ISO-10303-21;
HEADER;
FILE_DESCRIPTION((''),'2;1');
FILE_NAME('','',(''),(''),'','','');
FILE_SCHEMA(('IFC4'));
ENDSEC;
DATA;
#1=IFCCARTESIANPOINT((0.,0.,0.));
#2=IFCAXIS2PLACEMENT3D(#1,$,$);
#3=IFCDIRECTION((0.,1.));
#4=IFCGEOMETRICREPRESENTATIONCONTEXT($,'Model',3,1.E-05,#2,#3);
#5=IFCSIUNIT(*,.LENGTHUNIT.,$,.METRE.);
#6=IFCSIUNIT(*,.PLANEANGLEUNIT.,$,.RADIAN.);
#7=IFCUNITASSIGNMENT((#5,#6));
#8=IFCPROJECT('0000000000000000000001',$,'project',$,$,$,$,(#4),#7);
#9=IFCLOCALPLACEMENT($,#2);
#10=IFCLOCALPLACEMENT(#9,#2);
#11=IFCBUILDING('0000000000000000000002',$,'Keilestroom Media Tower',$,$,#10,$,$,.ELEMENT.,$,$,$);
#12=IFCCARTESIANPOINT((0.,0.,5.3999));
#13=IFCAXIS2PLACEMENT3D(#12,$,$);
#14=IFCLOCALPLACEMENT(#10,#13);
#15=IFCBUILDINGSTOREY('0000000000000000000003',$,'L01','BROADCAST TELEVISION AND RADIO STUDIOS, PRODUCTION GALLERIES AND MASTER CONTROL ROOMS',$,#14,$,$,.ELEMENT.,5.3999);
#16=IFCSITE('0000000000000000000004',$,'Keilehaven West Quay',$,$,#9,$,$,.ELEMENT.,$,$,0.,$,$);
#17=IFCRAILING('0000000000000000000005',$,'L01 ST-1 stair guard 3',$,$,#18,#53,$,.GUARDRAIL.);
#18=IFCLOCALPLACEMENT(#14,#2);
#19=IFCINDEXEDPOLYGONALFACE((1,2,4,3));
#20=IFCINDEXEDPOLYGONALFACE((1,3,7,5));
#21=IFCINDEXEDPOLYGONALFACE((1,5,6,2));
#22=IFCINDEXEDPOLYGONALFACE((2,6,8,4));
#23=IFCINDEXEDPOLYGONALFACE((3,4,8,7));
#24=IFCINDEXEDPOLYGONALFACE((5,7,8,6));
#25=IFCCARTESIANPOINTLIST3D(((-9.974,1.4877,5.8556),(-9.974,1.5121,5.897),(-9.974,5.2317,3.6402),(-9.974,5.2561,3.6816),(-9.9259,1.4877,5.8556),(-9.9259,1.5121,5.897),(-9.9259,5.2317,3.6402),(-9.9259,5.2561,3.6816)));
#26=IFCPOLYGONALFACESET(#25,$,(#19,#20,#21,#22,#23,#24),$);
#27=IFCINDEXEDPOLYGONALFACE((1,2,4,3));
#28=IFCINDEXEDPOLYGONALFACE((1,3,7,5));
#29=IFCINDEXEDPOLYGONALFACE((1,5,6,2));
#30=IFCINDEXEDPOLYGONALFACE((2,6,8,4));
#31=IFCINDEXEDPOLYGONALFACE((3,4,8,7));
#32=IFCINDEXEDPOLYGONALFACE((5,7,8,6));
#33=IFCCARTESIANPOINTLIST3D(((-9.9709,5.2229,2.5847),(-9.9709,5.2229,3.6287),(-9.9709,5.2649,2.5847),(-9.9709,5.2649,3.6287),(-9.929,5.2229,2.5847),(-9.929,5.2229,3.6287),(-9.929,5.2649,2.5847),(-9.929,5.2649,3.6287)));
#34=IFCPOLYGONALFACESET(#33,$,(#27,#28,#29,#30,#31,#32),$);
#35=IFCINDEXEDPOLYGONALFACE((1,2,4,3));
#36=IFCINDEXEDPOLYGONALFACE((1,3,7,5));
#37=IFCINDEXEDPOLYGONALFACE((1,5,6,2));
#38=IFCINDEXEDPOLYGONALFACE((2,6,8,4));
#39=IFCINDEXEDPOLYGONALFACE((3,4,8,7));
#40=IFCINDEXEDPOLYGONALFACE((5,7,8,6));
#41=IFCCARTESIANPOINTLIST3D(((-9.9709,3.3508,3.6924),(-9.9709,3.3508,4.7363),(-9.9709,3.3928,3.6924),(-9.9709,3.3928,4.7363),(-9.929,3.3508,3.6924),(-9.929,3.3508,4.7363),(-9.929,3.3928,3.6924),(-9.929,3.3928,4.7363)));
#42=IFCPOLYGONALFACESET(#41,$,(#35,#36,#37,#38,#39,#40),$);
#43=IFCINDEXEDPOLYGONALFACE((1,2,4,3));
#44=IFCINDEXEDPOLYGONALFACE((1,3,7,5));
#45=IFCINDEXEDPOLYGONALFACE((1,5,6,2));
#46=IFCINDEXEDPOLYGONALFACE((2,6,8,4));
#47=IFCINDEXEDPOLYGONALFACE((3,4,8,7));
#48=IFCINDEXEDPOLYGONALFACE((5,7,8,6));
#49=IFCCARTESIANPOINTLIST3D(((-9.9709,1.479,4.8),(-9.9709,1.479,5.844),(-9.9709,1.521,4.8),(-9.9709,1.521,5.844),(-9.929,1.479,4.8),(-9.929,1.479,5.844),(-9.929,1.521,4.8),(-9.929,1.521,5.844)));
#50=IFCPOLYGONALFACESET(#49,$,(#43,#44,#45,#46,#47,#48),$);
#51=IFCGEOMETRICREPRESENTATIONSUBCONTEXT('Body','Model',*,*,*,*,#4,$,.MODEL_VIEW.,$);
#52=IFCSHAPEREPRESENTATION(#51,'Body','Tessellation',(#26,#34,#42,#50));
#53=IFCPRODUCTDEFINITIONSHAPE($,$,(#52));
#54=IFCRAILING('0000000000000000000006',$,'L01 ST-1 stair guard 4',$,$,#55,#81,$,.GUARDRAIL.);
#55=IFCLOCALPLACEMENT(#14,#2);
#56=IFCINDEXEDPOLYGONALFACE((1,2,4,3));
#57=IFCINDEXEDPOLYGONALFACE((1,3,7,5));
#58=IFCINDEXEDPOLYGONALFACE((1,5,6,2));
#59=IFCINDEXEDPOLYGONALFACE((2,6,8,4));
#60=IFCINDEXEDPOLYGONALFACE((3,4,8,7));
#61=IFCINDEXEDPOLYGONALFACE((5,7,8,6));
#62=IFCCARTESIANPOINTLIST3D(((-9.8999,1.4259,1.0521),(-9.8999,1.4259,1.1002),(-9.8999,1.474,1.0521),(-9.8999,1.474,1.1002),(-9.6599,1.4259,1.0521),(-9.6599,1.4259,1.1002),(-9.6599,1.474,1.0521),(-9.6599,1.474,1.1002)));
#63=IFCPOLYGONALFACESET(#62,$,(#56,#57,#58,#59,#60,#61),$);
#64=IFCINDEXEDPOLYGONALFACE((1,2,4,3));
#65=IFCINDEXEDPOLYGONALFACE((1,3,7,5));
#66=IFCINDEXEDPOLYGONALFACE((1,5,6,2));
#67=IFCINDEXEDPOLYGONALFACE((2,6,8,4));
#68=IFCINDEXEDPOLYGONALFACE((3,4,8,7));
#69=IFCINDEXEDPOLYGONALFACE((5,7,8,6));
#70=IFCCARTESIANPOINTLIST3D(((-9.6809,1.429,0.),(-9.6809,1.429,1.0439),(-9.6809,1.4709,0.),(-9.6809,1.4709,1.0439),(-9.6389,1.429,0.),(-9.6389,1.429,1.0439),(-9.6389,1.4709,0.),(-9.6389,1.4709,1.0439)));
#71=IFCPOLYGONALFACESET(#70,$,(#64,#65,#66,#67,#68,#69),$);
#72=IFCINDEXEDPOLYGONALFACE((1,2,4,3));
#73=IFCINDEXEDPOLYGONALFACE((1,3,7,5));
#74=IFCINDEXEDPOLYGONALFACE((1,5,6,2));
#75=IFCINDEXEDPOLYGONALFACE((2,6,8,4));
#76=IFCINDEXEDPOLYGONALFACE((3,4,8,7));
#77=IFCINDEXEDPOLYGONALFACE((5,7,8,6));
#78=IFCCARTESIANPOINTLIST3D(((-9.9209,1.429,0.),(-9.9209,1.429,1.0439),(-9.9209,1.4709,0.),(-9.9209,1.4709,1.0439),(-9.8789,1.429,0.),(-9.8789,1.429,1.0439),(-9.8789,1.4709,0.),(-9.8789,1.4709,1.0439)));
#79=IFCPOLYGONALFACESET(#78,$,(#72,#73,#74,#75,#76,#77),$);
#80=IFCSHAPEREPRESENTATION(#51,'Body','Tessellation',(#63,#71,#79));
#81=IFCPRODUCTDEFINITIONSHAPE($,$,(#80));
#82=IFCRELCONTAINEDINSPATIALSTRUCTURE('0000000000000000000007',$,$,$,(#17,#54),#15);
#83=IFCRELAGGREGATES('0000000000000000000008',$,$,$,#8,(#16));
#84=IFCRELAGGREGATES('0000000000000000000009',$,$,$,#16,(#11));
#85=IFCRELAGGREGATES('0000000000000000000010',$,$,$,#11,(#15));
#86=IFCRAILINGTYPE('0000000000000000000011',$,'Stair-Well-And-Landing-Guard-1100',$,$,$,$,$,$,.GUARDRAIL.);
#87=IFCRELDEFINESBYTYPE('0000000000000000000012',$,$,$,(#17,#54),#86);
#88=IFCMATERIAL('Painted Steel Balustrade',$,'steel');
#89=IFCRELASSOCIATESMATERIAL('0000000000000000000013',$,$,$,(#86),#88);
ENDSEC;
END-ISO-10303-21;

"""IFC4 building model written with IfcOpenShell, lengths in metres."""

from ifc_helpers import new_model, si_unit, direction, frame, origin, origin_2d, place, context, subcontext, project, spatial, rectangle, extrude, material, type_object, element, save


model = new_model("IFC4")

# Units and contexts
model_context = context("Model", 3, precision=1e-05, world=origin(), true_north=direction((0.0, 1.0)))
body_context = subcontext(model_context, "Body", "Model", "MODEL_VIEW")
ifc_project = project(units=[si_unit("LENGTHUNIT", "METRE"), si_unit("PLANEANGLEUNIT", "RADIAN")], contexts=[model_context])

# Site, building, storey
site_placement = place(None, origin())
site = spatial("IfcSite", under=ifc_project, at=site_placement, Name="Keilehaven West Quay", CompositionType="ELEMENT", RefElevation=0.0)
building_placement = place(site_placement, origin())
building = spatial("IfcBuilding", under=site, at=building_placement, Name="Keilestroom Media Tower", CompositionType="ELEMENT")
storey_placement = place(building_placement, frame((0.0, 0.0, 5.3999)))
storey = spatial("IfcBuildingStorey", under=building, at=storey_placement, Name="L01", Description="BROADCAST TELEVISION AND RADIO STUDIOS, PRODUCTION GALLERIES AND MASTER CONTROL ROOMS", CompositionType="ELEMENT", Elevation=5.3999)

# Railings
ifc_material_1 = material(Name="Painted Steel Balustrade", Category="steel")
railing_type_1 = type_object("IfcRailingType", Name="Stair-Well-And-Landing-Guard-1100", PredefinedType="GUARDRAIL", material=ifc_material_1)
railing_1_placement = place(storey_placement, frame((-9.95, 5.2439, 2.5847)))
element("IfcRailing", 1, at=railing_1_placement, inside=storey, type_object=railing_type_1, Name="L01 ST-1 stair guard 3", PredefinedType="GUARDRAIL", context=body_context, shape_type="SweptSolid", body=[
    extrude(rectangle(XDim=0.0481, YDim=0.0481, at=origin_2d()), frame((0.0, 0.0, 1.0762), z_axis=(0.0, -0.860621, 0.509245), x_axis=(1.0, 0.0, 0.0)), (0.0, 0.0, 1.0), 4.3503),
    extrude(rectangle(XDim=0.042, YDim=0.042, at=origin_2d()), origin(), (0.0, 0.0, 1.0), 1.0439),
    extrude(rectangle(XDim=0.042, YDim=0.042, at=origin_2d()), frame((0.0, -1.8721, 1.1077)), (0.0, 0.0, 1.0), 1.0439),
    extrude(rectangle(XDim=0.042, YDim=0.042, at=origin_2d()), frame((0.0, -3.7439, 2.2153)), (0.0, 0.0, 1.0), 1.0439),
])
railing_2_placement = place(storey_placement, frame((-9.6599, 1.45, 0.0)))
element("IfcRailing", 2, at=railing_2_placement, inside=storey, type_object=railing_type_1, Name="L01 ST-1 stair guard 4", PredefinedType="GUARDRAIL", context=body_context, shape_type="SweptSolid", body=[
    extrude(rectangle(XDim=0.0481, YDim=0.0481, at=origin_2d()), frame((0.0, 0.0, 1.0762), z_axis=(-1.0, 0.0, 0.0), x_axis=(0.0, -1.0, 0.0)), (0.0, 0.0, 1.0), 0.24),
    extrude(rectangle(XDim=0.042, YDim=0.042, at=origin_2d()), origin(), (0.0, 0.0, 1.0), 1.0439),
    extrude(rectangle(XDim=0.042, YDim=0.042, at=origin_2d()), frame((-0.24, 0.0, 0.0)), (0.0, 0.0, 1.0), 1.0439),
])

save(model, "model.ifc")
